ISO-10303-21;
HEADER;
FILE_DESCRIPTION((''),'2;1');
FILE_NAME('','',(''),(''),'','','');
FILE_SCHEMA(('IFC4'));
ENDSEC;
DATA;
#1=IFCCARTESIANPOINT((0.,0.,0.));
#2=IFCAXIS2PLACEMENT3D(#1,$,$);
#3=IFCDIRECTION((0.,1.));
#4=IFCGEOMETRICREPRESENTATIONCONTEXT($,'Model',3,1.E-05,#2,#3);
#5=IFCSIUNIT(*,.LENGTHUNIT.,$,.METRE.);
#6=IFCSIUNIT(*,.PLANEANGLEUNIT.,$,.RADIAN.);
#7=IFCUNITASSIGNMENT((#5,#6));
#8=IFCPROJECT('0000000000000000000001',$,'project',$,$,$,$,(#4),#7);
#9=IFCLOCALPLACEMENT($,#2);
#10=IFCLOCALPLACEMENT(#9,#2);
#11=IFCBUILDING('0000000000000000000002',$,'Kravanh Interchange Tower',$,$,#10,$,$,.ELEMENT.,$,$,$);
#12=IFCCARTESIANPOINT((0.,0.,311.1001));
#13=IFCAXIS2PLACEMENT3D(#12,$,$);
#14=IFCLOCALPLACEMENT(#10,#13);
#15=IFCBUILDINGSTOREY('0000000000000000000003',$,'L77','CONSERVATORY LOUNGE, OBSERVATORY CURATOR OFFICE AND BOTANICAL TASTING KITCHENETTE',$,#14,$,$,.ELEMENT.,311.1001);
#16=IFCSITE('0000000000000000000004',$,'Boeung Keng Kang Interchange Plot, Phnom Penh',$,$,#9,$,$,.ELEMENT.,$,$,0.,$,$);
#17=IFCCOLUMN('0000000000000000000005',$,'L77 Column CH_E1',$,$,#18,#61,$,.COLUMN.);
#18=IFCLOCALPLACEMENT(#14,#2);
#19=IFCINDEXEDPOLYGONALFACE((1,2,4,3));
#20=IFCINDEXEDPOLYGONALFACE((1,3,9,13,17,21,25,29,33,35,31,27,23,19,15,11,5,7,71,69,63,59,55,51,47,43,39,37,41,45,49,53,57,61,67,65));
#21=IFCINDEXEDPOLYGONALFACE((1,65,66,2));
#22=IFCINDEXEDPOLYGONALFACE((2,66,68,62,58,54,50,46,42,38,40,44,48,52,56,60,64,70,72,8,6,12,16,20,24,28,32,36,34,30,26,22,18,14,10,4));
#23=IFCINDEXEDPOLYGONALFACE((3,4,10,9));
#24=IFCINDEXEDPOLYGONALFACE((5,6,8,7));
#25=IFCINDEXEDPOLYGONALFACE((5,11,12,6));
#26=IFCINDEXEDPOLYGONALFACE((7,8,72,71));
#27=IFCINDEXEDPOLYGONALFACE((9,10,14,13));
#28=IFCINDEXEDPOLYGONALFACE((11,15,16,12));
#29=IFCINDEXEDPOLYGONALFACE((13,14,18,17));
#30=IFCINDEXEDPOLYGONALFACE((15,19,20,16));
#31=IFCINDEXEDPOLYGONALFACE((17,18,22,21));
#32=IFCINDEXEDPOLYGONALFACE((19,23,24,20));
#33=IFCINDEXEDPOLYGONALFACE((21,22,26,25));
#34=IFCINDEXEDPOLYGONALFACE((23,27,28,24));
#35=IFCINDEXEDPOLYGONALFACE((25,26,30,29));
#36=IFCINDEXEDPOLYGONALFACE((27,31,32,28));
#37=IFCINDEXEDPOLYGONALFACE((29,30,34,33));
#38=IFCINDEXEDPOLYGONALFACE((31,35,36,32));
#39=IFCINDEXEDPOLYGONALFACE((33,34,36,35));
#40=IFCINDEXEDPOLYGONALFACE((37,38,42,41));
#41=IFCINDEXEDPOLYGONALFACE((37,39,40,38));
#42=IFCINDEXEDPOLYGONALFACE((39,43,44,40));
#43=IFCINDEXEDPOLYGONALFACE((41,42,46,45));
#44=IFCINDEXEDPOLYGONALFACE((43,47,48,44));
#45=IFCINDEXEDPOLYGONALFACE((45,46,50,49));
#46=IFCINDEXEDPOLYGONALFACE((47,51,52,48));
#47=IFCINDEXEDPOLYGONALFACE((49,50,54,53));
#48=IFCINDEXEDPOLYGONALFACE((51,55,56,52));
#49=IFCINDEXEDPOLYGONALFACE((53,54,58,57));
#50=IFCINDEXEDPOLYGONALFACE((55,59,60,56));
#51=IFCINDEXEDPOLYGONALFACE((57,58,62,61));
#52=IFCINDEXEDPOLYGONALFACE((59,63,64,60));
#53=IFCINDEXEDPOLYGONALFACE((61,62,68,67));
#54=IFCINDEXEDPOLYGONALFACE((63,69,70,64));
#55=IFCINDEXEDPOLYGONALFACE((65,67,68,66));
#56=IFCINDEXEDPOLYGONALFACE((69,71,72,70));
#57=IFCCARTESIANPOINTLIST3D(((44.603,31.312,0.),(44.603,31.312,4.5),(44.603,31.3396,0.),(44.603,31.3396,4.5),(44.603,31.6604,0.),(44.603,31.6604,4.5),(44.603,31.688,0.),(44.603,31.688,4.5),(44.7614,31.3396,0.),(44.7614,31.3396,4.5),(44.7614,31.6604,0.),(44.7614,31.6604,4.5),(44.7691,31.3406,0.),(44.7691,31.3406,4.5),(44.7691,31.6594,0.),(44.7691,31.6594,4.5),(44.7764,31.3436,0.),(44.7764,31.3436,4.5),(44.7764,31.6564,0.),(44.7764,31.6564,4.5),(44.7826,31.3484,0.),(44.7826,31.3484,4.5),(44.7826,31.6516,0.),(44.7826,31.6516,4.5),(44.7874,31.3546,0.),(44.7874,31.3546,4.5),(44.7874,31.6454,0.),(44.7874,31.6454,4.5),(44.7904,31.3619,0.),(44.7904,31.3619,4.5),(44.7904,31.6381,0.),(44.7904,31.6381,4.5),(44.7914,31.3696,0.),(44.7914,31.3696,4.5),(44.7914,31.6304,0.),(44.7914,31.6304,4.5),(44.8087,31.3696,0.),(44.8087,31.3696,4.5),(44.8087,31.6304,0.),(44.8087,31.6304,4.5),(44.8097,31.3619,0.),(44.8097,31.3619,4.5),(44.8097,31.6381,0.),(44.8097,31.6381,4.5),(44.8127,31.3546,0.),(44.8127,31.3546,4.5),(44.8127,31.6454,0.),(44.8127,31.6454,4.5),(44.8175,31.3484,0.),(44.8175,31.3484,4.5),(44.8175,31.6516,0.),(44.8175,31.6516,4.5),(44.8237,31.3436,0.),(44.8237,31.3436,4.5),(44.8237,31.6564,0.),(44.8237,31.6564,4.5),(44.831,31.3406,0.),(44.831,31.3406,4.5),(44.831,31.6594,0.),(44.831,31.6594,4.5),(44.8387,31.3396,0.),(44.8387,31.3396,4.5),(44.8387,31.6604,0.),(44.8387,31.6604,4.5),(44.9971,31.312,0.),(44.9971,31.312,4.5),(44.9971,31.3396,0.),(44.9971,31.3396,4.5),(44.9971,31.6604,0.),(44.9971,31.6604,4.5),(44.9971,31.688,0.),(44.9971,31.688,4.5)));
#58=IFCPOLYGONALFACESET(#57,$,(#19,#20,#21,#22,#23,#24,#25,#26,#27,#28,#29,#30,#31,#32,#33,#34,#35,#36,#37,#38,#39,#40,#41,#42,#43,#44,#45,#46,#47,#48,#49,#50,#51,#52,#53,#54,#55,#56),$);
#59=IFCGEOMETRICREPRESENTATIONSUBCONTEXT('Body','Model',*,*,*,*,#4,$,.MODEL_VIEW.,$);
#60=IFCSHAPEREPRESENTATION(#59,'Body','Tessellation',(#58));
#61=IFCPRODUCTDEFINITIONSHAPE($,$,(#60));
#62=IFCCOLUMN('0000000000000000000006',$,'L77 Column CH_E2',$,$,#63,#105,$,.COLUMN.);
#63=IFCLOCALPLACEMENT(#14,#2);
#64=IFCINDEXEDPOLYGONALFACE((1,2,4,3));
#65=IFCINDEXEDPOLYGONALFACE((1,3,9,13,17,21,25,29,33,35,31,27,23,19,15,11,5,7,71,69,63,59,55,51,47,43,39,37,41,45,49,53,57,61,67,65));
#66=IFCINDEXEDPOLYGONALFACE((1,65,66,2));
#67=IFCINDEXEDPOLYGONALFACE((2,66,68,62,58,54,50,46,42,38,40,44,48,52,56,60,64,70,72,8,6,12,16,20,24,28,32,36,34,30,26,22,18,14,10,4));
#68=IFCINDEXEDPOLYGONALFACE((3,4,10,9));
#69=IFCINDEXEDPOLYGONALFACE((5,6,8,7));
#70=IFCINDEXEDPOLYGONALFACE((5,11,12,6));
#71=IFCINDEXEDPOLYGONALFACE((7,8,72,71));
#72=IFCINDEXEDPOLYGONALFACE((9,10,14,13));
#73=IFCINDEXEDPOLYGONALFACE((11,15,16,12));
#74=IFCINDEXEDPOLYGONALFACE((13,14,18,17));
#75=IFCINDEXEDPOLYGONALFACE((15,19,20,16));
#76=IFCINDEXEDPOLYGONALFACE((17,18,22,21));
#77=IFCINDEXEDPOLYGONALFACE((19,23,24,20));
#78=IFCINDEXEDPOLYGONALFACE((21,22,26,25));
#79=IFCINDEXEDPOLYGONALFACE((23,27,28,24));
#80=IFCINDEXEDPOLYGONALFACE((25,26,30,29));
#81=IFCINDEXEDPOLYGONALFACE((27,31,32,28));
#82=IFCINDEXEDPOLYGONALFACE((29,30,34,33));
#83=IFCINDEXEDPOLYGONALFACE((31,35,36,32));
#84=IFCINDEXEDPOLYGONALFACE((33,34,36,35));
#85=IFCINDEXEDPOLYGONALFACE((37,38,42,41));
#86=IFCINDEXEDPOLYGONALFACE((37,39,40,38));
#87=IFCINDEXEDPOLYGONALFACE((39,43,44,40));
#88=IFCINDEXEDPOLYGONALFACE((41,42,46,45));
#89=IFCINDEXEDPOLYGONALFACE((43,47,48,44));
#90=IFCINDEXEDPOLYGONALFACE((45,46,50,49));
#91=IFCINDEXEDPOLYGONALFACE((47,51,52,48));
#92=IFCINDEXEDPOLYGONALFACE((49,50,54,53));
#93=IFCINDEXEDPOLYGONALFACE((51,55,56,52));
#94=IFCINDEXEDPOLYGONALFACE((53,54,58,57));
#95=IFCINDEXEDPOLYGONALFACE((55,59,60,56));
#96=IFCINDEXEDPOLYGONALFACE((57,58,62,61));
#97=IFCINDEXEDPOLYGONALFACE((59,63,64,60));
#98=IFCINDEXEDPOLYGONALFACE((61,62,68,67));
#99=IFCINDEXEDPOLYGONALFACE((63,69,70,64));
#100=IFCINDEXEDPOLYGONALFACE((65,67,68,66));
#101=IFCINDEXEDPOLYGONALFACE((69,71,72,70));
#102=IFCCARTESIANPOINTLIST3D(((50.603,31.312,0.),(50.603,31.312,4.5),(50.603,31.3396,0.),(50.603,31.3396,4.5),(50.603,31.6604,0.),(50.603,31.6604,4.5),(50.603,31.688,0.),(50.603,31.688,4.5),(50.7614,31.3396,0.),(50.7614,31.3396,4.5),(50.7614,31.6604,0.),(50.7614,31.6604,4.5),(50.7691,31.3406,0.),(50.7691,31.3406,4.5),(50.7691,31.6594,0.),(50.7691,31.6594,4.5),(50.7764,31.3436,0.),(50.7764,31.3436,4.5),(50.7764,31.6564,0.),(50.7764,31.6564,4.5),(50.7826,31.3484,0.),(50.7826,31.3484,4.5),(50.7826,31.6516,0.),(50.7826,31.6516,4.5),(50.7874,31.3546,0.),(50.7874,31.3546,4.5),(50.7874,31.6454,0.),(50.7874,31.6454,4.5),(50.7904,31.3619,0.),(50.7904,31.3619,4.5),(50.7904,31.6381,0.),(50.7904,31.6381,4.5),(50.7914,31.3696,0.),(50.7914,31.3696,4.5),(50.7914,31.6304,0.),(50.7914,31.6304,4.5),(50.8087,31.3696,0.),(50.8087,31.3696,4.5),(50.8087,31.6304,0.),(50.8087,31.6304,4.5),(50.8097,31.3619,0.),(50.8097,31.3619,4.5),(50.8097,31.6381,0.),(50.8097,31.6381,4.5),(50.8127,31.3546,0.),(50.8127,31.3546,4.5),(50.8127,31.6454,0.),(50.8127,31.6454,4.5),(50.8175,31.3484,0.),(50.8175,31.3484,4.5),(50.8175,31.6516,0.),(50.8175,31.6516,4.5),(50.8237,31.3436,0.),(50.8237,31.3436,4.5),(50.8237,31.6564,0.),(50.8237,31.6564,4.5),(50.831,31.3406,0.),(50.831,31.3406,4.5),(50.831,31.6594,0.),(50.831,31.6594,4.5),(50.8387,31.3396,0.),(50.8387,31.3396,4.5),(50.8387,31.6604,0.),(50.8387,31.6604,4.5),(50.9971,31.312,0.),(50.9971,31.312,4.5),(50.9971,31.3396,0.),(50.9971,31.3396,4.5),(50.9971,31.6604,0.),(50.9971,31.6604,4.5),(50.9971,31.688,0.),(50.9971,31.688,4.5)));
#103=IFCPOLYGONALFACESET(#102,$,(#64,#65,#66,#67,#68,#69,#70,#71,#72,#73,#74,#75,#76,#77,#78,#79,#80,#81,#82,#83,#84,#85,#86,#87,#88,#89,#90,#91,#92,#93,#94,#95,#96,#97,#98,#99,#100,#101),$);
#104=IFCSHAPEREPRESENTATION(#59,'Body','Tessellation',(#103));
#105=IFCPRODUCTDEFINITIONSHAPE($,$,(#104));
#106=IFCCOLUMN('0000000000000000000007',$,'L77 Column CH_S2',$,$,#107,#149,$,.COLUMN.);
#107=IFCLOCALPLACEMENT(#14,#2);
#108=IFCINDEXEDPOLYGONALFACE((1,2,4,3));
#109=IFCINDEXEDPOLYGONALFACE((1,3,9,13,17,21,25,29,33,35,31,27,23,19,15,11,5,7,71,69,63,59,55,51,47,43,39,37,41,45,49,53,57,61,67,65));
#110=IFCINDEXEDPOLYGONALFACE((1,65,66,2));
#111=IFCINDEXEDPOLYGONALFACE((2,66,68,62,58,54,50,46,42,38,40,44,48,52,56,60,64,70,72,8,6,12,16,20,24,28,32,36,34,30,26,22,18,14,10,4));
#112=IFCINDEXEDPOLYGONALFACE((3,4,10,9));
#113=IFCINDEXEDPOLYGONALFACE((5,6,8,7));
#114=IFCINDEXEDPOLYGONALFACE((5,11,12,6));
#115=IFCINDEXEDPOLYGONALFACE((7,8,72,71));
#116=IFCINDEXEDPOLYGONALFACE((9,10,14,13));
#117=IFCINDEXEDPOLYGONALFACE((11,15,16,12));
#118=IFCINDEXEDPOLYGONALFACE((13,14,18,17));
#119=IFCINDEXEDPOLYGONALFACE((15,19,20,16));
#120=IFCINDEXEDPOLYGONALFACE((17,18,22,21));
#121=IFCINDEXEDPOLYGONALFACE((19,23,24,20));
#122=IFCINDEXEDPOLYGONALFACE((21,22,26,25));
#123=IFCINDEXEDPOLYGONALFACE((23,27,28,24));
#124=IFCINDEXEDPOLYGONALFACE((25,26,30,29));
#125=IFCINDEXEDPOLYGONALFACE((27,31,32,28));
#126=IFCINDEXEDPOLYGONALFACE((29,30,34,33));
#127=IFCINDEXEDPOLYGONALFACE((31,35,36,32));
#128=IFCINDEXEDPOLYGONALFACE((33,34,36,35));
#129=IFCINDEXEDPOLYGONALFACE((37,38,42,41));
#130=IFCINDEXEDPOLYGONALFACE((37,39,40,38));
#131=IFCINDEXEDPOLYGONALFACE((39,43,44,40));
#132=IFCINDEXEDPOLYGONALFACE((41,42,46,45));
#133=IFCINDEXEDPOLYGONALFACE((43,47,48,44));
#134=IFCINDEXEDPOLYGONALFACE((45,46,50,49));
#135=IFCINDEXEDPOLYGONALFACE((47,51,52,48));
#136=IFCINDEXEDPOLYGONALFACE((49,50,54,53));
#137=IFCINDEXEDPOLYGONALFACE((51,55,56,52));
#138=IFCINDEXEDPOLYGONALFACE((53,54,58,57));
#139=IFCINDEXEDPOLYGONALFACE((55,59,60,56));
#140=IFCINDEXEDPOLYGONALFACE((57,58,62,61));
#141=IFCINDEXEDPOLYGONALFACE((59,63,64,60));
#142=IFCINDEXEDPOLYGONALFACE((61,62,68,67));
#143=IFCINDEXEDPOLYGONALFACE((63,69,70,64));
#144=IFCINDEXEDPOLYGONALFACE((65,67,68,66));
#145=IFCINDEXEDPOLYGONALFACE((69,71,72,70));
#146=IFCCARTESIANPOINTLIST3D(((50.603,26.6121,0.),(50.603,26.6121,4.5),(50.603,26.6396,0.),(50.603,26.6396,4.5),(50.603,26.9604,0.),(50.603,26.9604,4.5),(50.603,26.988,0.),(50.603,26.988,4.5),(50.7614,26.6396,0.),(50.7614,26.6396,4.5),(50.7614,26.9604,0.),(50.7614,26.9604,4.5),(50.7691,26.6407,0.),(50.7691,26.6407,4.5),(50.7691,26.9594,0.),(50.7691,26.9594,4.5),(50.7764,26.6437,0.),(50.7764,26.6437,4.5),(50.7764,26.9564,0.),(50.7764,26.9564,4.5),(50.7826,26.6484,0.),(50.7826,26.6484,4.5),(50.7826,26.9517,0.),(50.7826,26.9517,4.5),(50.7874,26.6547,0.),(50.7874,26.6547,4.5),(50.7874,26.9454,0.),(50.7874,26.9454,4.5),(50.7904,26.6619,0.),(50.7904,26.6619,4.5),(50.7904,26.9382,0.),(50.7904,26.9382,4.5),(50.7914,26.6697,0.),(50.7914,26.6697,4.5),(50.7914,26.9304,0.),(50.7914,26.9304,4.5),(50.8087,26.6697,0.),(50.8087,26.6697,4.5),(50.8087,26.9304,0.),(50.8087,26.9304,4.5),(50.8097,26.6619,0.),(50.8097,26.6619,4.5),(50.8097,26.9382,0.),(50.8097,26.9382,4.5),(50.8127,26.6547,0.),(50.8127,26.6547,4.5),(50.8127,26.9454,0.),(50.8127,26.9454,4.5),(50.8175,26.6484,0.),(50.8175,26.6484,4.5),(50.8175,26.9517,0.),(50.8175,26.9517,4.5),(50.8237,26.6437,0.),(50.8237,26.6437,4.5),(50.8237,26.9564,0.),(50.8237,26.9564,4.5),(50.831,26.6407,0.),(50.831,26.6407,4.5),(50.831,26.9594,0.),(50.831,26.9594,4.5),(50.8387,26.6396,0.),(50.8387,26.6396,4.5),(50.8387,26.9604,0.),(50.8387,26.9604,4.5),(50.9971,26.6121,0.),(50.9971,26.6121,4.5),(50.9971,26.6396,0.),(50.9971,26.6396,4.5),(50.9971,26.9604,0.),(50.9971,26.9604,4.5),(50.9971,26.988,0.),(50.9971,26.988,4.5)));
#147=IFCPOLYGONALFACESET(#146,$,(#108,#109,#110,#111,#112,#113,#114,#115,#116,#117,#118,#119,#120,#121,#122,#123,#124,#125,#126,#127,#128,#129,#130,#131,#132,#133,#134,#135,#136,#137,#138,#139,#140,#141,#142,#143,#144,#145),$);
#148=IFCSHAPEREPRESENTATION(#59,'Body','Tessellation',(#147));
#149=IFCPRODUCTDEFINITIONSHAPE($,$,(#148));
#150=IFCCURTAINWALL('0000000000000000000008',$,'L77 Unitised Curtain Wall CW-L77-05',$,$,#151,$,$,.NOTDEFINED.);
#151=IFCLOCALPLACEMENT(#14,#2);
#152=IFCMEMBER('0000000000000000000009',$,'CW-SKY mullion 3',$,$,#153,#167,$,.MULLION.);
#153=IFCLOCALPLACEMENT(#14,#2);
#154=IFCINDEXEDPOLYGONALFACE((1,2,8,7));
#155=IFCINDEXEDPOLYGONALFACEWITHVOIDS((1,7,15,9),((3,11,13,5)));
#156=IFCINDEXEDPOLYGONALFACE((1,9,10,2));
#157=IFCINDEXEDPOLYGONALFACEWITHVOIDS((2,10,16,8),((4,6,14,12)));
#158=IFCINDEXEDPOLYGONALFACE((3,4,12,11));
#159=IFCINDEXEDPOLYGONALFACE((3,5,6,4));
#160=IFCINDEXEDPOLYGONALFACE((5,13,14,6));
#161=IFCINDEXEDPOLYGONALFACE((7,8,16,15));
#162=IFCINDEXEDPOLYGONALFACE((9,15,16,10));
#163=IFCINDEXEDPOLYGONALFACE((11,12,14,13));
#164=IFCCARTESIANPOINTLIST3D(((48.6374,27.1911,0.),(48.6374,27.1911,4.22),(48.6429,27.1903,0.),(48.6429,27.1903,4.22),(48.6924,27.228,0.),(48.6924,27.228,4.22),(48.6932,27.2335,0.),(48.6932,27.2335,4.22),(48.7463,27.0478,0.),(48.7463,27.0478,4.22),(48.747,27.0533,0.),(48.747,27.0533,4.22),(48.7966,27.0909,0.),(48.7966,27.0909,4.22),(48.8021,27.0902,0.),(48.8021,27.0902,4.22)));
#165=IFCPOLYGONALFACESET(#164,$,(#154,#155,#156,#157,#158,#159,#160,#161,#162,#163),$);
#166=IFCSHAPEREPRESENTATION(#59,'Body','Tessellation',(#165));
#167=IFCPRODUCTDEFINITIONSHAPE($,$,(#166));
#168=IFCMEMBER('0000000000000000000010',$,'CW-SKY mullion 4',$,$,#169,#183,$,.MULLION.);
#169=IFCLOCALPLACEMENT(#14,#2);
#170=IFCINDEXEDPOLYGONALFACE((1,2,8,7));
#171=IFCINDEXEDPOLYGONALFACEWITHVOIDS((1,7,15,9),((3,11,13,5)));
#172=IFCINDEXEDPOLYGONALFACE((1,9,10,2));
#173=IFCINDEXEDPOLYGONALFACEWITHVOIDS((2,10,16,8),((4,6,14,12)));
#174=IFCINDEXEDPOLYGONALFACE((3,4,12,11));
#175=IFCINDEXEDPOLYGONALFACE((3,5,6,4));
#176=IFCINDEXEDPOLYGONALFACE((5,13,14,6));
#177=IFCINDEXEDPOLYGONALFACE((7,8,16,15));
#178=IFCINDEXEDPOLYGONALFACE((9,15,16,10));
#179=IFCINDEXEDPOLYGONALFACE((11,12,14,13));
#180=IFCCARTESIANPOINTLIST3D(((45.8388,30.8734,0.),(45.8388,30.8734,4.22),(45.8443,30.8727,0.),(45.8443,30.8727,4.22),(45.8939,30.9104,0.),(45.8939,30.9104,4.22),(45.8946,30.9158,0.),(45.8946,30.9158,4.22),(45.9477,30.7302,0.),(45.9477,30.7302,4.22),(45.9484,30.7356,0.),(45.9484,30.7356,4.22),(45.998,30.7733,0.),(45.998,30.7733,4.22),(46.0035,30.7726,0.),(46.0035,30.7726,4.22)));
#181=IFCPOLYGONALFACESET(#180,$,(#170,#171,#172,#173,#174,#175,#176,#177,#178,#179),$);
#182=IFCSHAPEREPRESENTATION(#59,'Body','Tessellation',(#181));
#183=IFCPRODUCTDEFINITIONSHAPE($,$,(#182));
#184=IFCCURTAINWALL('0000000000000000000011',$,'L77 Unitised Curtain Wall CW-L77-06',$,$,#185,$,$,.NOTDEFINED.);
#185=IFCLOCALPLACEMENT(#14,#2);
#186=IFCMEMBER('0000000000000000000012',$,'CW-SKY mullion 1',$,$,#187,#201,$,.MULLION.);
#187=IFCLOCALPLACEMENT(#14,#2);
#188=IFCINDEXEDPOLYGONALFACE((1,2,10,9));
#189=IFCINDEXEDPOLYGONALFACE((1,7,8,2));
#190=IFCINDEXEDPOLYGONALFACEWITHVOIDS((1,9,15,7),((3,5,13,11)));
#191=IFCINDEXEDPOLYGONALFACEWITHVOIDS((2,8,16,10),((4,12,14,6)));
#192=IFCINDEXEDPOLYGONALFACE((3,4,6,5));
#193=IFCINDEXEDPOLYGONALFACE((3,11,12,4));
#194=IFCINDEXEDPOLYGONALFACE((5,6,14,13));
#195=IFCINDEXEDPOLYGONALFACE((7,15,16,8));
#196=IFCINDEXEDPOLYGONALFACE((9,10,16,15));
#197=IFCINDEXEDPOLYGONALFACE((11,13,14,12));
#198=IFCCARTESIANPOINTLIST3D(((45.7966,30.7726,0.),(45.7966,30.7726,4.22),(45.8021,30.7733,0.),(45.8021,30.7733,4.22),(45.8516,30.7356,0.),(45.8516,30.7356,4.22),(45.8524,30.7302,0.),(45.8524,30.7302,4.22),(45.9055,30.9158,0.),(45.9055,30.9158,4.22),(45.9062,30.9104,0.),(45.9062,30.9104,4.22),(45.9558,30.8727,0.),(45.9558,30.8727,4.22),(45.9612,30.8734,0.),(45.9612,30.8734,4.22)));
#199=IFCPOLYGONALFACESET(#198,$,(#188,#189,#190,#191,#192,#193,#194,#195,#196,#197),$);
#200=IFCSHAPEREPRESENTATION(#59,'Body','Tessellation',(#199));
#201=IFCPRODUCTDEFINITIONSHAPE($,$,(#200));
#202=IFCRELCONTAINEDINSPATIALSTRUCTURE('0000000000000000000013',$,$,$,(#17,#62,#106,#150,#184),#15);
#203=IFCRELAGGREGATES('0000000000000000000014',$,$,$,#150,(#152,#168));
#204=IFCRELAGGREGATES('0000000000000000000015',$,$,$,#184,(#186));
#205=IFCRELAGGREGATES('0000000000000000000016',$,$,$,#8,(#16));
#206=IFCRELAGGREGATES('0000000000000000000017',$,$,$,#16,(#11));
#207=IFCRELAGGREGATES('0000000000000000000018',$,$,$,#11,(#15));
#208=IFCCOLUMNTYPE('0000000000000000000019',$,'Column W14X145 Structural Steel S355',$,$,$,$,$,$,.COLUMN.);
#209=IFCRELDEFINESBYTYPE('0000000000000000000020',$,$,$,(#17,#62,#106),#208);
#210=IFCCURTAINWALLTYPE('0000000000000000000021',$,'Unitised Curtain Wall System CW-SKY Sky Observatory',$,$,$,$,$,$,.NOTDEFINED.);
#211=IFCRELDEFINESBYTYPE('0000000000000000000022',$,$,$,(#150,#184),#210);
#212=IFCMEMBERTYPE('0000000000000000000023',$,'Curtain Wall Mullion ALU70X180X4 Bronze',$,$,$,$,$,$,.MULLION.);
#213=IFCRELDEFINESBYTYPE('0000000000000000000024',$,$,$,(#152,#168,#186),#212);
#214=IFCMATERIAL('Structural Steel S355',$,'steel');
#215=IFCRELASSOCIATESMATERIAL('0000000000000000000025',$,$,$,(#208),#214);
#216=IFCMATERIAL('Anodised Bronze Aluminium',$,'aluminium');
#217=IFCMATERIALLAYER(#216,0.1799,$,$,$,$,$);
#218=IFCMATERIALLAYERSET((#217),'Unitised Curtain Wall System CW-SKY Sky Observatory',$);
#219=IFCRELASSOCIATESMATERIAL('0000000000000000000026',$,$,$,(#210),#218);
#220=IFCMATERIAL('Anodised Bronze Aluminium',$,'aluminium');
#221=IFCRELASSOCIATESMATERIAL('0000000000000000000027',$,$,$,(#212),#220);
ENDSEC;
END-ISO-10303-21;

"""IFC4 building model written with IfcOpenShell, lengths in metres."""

from ifc_helpers import new_model, si_unit, direction, frame, origin, origin_2d, place, context, subcontext, project, spatial, hollow_rectangle, i_section, extrude, material, layer, layer_set, material_profile, profile_set, type_object, element, aggregate, save


model = new_model("IFC4")

# Units and contexts
model_context = context("Model", 3, precision=1e-05, world=origin(), true_north=direction((0.0, 1.0)))
body_context = subcontext(model_context, "Body", "Model", "MODEL_VIEW")
ifc_project = project(units=[si_unit("LENGTHUNIT", "METRE"), si_unit("PLANEANGLEUNIT", "RADIAN")], contexts=[model_context])

# Site, building, storey
site_placement = place(None, origin())
site = spatial("IfcSite", under=ifc_project, at=site_placement, Name="Boeung Keng Kang Interchange Plot, Phnom Penh", CompositionType="ELEMENT", RefElevation=0.0)
building_placement = place(site_placement, origin())
building = spatial("IfcBuilding", under=site, at=building_placement, Name="Kravanh Interchange Tower", CompositionType="ELEMENT")
storey_placement = place(building_placement, frame((0.0, 0.0, 311.1001)))
storey = spatial("IfcBuildingStorey", under=building, at=storey_placement, Name="L77", Description="CONSERVATORY LOUNGE, OBSERVATORY CURATOR OFFICE AND BOTANICAL TASTING KITCHENETTE", CompositionType="ELEMENT", Elevation=311.1001)

# Columns
ifc_material_1 = material(Name="Structural Steel S355", Category="steel")
ifc_material_profile_1 = material_profile(ifc_material_1, i_section(OverallWidth=0.394, OverallDepth=0.376, WebThickness=0.0173, FlangeThickness=0.0276, FilletRadius=0.03, at=origin_2d()), Name="W14X145")
ifc_profile_set_1 = profile_set([ifc_material_profile_1], Name="Structural Steel S355")
column_type = type_object("IfcColumnType", Name="Column W14X145 Structural Steel S355", PredefinedType="COLUMN", material=ifc_profile_set_1)
for number, where, z_axis, x_axis, name in (
    (1, (44.8, 31.5, 0.0), (0.0, 0.0, 1.0), (1.0, 0.0, 0.0), "L77 Column CH_E1"),
    (2, (50.8, 31.5, 0.0), (0.0, 0.0, 1.0), (1.0, 0.0, 0.0), "L77 Column CH_E2"),
    (3, (50.8, 26.8, 0.0), (0.0, 0.0, 1.0), (1.0, 0.0, 0.0), "L77 Column CH_S2"),
):
    element("IfcColumn", number, at=place(storey_placement, frame(where, z_axis=z_axis, x_axis=x_axis)), inside=storey, type_object=column_type, Name=name, PredefinedType="COLUMN", context=body_context, shape_type="SweptSolid", body=[
        extrude(i_section(OverallWidth=0.394, OverallDepth=0.376, WebThickness=0.0173, FlangeThickness=0.0276, FilletRadius=0.03, at=origin_2d()), origin(), (0.0, 0.0, 1.0), 4.5),
    ])

# Curtain walls, members
ifc_material_2 = material(Name="Anodised Bronze Aluminium", Category="aluminium")
ifc_layer_1 = layer(ifc_material_2, 0.1799)
ifc_layer_set_1 = layer_set([ifc_layer_1], Name="Unitised Curtain Wall System CW-SKY Sky Observatory")
curtain_wall_type = type_object("IfcCurtainWallType", Name="Unitised Curtain Wall System CW-SKY Sky Observatory", PredefinedType="NOTDEFINED", material=ifc_layer_set_1)
curtain_wall_1_placement = place(storey_placement, origin())
curtain_wall_1 = element("IfcCurtainWall", 4, at=curtain_wall_1_placement, inside=storey, type_object=curtain_wall_type, Name="L77 Unitised Curtain Wall CW-L77-05", PredefinedType="NOTDEFINED")
ifc_material_3 = material(Name="Anodised Bronze Aluminium", Category="aluminium")
ifc_material_profile_2 = material_profile(ifc_material_3, hollow_rectangle(XDim=0.0701, YDim=0.1799, WallThickness=0.0039, at=origin_2d()), Name="ALU70X180X4")
ifc_profile_set_2 = profile_set([ifc_material_profile_2], Name="Anodised Bronze Aluminium")
member_type_1 = type_object("IfcMemberType", Name="Curtain Wall Mullion ALU70X180X4 Bronze", PredefinedType="MULLION", material=ifc_profile_set_2)
member_1_placement = place(storey_placement, frame((48.7197, 27.1406, 0.0), z_axis=(0.0, 0.0, 1.0), x_axis=(-0.796162, -0.605084, 0.0)))
member_1 = element("IfcMember", 5, at=member_1_placement, type_object=member_type_1, Name="CW-SKY mullion 3", PredefinedType="MULLION", context=body_context, shape_type="SweptSolid", body=[
    extrude(hollow_rectangle(XDim=0.0701, YDim=0.1799, WallThickness=0.0039, at=origin_2d()), origin(), (0.0, 0.0, 1.0), 4.22),
])
member_2_placement = place(storey_placement, frame((45.9211, 30.823, 0.0), z_axis=(0.0, 0.0, 1.0), x_axis=(-0.796162, -0.605084, 0.0)))
member_2 = element("IfcMember", 6, at=member_2_placement, type_object=member_type_1, Name="CW-SKY mullion 4", PredefinedType="MULLION", context=body_context, shape_type="SweptSolid", body=[
    extrude(hollow_rectangle(XDim=0.0701, YDim=0.1799, WallThickness=0.0039, at=origin_2d()), origin(), (0.0, 0.0, 1.0), 4.22),
])
curtain_wall_2_placement = place(storey_placement, origin())
curtain_wall_2 = element("IfcCurtainWall", 7, at=curtain_wall_2_placement, inside=storey, type_object=curtain_wall_type, Name="L77 Unitised Curtain Wall CW-L77-06", PredefinedType="NOTDEFINED")
member_3_placement = place(storey_placement, frame((45.8789, 30.823, 0.0), z_axis=(0.0, 0.0, 1.0), x_axis=(0.796162, -0.605084, 0.0)))
member_3 = element("IfcMember", 8, at=member_3_placement, type_object=member_type_1, Name="CW-SKY mullion 1", PredefinedType="MULLION", context=body_context, shape_type="SweptSolid", body=[
    extrude(hollow_rectangle(XDim=0.0701, YDim=0.1799, WallThickness=0.0039, at=origin_2d()), origin(), (0.0, 0.0, 1.0), 4.22),
])

aggregate(curtain_wall_1, [member_1, member_2])
aggregate(curtain_wall_2, [member_3])

save(model, "model.ifc")
